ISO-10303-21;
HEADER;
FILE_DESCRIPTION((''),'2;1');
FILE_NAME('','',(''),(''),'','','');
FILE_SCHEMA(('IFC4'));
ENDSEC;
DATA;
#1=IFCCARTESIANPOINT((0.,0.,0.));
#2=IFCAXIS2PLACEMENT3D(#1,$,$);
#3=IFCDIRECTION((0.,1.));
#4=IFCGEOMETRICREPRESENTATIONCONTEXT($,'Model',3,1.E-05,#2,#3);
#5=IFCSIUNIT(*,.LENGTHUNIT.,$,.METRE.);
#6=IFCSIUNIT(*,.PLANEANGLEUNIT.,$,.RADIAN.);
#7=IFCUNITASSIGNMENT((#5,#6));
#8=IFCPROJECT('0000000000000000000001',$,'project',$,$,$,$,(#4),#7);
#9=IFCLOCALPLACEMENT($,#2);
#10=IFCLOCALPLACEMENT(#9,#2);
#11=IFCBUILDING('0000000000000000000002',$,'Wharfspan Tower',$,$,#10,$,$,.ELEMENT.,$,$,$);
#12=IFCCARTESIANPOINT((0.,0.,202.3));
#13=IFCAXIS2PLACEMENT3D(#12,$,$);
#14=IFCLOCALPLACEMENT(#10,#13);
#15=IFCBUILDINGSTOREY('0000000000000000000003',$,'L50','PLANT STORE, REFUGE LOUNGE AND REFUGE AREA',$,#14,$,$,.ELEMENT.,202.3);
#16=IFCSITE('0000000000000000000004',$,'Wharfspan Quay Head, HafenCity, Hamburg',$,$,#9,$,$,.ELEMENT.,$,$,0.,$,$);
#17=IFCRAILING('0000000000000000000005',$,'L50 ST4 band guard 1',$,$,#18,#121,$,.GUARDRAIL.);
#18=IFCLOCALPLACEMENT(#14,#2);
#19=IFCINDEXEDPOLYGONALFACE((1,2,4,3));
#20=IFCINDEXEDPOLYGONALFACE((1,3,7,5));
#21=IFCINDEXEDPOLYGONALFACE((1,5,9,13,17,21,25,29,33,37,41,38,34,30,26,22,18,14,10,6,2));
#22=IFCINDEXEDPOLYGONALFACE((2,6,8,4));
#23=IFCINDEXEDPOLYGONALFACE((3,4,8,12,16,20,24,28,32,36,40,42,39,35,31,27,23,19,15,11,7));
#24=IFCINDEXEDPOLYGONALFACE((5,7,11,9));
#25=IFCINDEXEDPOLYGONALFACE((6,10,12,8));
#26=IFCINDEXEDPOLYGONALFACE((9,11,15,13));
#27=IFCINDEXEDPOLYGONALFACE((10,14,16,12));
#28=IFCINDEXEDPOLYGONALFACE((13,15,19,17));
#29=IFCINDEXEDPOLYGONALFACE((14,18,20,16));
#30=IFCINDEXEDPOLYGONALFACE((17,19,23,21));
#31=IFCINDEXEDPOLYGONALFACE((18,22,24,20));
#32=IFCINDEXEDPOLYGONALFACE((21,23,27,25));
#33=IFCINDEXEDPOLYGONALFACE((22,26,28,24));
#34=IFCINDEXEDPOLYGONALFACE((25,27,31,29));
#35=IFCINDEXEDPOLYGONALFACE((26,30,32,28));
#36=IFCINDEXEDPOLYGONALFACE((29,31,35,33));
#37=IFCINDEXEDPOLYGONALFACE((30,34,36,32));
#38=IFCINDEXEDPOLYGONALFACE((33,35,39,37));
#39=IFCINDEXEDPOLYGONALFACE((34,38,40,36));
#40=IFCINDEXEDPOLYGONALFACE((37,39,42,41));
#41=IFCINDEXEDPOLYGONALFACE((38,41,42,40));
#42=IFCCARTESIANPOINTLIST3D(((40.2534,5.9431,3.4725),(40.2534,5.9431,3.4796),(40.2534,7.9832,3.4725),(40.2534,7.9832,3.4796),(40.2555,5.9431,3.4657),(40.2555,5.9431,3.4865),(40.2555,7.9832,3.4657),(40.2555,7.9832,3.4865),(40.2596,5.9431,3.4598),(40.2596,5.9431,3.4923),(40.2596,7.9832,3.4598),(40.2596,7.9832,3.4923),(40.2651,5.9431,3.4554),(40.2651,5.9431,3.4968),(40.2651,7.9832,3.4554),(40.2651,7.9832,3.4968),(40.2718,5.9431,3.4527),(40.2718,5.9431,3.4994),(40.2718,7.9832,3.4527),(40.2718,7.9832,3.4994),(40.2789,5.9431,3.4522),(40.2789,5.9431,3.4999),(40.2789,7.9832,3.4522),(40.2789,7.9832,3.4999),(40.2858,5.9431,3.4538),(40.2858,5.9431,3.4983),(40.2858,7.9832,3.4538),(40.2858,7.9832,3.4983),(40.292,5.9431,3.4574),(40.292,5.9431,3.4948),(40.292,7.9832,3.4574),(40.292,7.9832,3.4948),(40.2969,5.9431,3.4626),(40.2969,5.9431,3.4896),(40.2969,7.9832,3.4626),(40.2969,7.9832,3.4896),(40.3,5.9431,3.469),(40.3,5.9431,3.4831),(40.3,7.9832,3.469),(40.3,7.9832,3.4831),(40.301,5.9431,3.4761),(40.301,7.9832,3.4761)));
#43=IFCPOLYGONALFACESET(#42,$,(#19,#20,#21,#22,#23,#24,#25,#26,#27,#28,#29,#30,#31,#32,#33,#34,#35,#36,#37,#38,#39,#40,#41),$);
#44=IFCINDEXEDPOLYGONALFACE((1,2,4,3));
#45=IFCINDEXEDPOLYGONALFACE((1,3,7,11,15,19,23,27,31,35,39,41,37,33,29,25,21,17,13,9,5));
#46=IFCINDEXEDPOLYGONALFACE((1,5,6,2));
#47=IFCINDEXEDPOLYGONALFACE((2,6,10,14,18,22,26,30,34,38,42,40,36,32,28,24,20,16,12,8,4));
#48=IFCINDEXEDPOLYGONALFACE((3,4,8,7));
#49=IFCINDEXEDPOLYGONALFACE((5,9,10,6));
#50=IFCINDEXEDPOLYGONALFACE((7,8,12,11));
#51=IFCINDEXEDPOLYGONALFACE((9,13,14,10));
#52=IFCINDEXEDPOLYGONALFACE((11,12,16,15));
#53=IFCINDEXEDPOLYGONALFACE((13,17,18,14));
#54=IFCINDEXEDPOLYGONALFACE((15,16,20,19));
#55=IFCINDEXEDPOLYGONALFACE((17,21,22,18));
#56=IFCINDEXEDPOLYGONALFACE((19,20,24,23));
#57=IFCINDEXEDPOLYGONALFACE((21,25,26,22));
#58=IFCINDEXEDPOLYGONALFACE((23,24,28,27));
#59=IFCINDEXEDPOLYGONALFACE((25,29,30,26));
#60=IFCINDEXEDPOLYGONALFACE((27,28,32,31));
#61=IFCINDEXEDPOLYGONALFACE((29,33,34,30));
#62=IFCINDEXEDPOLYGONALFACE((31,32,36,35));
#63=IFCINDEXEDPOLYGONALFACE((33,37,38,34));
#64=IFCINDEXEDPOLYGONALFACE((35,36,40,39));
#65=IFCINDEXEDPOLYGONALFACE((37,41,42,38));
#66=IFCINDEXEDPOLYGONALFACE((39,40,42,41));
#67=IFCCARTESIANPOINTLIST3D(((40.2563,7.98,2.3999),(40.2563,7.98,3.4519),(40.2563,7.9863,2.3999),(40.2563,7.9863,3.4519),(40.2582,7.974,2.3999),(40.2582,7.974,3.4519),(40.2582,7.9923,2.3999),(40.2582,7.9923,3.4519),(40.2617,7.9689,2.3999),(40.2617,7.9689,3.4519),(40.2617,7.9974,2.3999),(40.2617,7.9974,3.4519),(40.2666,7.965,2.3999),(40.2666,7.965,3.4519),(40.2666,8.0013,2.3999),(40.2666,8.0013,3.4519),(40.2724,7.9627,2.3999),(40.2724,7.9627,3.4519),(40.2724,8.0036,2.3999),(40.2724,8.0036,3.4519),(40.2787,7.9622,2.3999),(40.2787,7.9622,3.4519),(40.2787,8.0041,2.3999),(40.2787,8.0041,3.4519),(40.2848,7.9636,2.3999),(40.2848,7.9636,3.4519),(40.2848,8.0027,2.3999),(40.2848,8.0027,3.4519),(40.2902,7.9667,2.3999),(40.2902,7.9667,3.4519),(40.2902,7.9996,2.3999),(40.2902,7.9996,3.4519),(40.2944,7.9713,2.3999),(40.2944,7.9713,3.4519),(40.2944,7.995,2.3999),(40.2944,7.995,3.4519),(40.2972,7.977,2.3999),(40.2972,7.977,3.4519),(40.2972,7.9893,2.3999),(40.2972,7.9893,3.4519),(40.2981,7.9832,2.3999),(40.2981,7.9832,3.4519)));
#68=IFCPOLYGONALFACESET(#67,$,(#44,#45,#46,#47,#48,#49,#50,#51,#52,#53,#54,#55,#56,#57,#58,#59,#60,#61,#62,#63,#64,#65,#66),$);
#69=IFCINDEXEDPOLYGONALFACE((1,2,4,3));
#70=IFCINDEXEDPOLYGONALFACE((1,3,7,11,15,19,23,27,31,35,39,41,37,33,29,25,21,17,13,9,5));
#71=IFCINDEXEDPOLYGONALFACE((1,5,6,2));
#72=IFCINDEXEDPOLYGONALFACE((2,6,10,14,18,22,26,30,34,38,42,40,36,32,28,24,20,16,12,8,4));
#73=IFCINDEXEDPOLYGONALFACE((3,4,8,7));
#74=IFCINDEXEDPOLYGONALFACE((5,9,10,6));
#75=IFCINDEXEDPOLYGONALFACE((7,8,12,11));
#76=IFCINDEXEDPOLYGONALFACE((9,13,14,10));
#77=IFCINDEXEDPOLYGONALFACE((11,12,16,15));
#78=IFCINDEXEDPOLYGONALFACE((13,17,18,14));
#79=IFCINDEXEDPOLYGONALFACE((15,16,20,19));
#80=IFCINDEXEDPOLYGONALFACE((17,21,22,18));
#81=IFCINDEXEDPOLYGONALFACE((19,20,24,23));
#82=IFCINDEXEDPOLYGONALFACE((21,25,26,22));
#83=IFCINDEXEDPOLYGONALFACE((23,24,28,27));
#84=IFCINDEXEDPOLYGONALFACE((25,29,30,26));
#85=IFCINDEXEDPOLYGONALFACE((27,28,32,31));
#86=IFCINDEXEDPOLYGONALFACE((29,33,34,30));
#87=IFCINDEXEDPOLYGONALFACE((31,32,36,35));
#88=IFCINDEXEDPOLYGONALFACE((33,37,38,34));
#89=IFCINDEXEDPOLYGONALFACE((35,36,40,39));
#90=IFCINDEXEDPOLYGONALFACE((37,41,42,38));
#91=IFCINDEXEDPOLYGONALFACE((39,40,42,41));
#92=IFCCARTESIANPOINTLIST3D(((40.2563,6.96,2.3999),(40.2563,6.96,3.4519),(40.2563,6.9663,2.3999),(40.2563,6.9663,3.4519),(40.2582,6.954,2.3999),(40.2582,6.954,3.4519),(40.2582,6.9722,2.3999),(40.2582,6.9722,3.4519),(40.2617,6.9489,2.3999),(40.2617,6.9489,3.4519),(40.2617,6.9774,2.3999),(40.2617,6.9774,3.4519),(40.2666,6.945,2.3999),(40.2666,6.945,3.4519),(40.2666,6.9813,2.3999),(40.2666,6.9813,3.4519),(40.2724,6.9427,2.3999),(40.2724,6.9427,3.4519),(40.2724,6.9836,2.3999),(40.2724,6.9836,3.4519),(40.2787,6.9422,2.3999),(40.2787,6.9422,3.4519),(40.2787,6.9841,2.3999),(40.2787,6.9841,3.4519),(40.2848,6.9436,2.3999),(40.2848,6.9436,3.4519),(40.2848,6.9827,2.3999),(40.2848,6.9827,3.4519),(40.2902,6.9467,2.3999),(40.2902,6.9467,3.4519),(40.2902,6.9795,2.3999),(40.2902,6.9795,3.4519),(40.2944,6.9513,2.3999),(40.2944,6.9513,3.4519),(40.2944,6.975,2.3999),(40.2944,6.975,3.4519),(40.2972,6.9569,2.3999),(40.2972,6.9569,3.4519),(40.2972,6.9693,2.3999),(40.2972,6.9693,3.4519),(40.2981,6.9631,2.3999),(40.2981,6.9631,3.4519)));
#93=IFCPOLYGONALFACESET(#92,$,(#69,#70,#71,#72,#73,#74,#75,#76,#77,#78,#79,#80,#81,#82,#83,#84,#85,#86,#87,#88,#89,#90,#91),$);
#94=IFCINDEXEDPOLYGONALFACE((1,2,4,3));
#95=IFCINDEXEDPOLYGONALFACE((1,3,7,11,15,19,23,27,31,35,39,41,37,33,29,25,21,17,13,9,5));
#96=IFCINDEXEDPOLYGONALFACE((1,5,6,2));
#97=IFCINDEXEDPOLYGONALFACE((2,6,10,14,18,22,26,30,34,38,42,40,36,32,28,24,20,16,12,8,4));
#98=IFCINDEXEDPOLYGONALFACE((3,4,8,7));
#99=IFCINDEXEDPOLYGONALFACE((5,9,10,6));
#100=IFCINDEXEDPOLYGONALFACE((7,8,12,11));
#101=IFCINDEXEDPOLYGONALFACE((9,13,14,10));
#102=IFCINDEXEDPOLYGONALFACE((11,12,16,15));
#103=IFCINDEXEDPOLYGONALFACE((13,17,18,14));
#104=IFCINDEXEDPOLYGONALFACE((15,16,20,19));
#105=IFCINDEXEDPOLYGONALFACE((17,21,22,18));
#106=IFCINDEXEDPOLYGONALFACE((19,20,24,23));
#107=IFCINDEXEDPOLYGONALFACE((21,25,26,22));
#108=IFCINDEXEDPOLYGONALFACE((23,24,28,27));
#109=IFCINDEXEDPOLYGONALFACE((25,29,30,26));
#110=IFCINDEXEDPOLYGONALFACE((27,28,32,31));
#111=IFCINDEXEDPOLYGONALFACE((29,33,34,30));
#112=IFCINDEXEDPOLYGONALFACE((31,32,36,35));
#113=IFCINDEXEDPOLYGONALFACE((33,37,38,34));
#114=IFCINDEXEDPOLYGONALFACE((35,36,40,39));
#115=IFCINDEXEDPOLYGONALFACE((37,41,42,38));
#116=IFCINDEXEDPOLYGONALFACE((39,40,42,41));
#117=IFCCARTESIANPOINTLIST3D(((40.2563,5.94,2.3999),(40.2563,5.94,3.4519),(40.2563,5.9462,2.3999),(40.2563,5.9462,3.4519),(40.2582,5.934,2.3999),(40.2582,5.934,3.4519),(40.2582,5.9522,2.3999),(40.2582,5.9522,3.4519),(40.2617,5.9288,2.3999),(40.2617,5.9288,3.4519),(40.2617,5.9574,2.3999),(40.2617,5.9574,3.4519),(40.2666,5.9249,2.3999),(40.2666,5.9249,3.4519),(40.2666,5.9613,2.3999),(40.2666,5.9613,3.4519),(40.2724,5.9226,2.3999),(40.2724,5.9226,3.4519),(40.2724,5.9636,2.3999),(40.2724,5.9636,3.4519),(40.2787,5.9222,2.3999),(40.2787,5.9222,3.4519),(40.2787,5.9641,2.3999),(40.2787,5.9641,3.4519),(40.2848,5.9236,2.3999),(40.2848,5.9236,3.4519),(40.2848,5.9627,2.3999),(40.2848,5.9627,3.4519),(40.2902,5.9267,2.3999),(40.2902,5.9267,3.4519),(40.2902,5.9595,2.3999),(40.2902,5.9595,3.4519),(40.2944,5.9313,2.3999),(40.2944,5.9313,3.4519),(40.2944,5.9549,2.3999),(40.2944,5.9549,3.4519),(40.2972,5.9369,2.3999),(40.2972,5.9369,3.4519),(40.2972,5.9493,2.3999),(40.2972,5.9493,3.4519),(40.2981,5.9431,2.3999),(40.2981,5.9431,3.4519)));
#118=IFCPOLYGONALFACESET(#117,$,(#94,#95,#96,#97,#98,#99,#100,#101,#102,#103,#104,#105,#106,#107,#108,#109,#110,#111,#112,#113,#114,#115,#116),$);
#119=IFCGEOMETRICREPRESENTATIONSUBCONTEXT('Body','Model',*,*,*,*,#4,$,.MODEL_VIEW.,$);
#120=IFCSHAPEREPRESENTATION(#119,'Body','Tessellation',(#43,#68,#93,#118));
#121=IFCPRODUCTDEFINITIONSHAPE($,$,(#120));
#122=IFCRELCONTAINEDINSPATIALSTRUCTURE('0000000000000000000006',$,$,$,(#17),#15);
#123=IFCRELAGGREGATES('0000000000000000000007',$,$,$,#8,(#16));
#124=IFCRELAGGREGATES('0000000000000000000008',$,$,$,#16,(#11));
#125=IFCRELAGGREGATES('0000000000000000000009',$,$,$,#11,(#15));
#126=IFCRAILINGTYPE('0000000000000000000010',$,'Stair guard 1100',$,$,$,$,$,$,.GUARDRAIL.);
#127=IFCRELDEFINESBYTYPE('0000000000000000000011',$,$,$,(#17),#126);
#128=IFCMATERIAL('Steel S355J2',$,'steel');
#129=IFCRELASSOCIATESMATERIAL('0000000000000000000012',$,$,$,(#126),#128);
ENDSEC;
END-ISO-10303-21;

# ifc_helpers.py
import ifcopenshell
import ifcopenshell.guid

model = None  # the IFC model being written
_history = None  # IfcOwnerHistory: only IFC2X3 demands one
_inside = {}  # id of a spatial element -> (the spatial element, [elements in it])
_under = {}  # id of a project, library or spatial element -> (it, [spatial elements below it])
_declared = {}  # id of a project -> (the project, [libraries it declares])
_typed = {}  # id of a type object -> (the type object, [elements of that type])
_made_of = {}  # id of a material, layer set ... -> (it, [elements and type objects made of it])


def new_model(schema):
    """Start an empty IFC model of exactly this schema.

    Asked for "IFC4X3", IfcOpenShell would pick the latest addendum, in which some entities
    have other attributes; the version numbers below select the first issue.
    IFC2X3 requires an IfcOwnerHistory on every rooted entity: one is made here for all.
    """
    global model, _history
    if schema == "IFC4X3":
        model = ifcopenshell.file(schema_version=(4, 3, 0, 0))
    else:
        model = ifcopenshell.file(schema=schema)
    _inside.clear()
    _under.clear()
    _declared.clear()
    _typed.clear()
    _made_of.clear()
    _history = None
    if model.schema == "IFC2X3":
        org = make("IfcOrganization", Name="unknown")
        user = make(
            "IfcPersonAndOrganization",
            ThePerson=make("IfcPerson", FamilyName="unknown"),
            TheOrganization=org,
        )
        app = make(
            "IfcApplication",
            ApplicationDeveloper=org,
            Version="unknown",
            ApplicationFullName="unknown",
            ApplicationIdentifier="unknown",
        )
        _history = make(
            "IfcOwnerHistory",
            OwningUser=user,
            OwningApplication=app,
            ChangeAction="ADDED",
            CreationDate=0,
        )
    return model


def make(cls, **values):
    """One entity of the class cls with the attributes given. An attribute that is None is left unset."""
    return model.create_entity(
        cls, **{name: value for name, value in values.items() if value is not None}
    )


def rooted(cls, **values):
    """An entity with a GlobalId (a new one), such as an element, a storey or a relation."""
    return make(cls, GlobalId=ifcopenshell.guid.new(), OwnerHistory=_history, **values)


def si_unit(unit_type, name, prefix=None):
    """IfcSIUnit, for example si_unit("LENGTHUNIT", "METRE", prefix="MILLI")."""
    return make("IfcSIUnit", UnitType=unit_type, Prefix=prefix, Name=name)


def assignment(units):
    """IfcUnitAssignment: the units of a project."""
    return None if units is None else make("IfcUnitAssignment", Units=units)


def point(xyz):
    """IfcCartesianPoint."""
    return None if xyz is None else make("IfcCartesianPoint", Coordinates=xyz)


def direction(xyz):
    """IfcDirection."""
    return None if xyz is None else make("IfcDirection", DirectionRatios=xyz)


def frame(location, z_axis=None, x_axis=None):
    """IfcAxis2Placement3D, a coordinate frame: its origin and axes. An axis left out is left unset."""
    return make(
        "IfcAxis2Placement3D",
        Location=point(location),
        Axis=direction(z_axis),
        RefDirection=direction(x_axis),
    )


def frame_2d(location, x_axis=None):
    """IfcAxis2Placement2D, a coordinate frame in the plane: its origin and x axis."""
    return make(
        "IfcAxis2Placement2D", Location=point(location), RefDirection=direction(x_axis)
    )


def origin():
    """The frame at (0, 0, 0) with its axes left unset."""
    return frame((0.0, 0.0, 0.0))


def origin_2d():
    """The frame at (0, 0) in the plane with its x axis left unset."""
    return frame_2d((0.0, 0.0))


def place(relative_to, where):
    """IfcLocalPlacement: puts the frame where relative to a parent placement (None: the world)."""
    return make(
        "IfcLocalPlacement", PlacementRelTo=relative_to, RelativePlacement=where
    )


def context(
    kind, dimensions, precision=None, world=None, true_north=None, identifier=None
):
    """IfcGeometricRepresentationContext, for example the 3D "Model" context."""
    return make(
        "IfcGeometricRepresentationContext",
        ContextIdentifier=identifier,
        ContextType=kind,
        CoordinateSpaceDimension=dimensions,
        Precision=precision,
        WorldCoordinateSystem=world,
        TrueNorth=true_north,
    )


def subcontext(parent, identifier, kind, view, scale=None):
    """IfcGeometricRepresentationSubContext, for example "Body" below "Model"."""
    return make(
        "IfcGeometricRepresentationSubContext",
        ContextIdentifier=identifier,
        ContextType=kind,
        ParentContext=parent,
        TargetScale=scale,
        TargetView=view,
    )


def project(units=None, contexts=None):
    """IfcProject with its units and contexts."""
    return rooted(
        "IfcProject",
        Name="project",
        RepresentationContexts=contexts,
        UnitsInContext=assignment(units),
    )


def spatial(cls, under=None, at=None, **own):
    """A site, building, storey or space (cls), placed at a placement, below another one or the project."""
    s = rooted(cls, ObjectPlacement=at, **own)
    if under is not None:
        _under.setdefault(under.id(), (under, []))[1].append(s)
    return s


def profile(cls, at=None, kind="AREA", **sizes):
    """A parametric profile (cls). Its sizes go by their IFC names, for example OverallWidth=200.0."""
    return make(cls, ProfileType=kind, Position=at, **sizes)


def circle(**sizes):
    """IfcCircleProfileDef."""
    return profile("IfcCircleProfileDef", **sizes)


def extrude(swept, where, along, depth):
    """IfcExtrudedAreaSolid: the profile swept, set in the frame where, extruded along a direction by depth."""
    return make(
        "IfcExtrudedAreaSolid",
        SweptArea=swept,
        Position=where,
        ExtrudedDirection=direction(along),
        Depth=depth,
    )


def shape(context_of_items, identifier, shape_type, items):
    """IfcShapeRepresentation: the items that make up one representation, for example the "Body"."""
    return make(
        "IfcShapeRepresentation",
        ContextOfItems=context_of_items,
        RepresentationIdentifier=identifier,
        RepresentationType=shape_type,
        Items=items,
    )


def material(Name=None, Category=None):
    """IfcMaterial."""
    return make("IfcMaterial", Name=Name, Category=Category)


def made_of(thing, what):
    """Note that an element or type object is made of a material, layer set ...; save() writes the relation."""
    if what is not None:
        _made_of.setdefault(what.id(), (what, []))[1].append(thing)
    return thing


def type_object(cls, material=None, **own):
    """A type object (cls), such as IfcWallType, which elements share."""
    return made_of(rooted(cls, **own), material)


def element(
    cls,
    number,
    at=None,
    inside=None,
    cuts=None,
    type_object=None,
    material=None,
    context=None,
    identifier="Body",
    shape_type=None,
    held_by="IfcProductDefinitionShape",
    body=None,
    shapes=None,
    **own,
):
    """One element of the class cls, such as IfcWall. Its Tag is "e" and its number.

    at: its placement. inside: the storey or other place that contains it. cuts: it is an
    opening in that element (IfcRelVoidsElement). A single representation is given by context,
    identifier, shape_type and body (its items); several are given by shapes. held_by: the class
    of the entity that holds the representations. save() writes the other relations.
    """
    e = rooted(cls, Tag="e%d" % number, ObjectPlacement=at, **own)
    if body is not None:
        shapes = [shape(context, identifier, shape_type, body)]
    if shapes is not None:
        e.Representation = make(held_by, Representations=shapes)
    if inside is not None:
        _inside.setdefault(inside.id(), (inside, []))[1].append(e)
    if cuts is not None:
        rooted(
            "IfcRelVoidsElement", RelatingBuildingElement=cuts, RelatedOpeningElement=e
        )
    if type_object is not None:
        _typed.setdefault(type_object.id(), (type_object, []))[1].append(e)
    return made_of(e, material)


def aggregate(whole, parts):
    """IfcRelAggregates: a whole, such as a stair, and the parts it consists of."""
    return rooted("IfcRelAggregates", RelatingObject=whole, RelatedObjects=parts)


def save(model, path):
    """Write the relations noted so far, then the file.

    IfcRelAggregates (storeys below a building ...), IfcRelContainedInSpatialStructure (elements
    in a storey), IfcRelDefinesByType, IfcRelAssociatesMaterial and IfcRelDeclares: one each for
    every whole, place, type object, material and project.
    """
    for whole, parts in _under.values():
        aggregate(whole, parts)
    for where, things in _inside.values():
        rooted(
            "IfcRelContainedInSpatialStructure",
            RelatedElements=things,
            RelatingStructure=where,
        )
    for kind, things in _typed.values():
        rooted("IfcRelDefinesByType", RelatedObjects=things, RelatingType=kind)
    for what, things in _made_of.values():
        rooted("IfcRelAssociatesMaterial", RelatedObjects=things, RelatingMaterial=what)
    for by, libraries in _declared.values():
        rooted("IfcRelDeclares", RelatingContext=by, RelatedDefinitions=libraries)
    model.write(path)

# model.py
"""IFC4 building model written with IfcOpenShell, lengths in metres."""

from ifc_helpers import new_model, si_unit, direction, frame, origin, origin_2d, place, context, subcontext, project, spatial, circle, extrude, material, type_object, element, save


model = new_model("IFC4")

# Units and contexts
model_context = context("Model", 3, precision=1e-05, world=origin(), true_north=direction((0.0, 1.0)))
body_context = subcontext(model_context, "Body", "Model", "MODEL_VIEW")
ifc_project = project(units=[si_unit("LENGTHUNIT", "METRE"), si_unit("PLANEANGLEUNIT", "RADIAN")], contexts=[model_context])

# Site, building, storey
site_placement = place(None, origin())
site = spatial("IfcSite", under=ifc_project, at=site_placement, Name="Wharfspan Quay Head, HafenCity, Hamburg", CompositionType="ELEMENT", RefElevation=0.0)
building_placement = place(site_placement, origin())
building = spatial("IfcBuilding", under=site, at=building_placement, Name="Wharfspan Tower", CompositionType="ELEMENT")
storey_placement = place(building_placement, frame((0.0, 0.0, 202.3)))
storey = spatial("IfcBuildingStorey", under=building, at=storey_placement, Name="L50", Description="PLANT STORE, REFUGE LOUNGE AND REFUGE AREA", CompositionType="ELEMENT", Elevation=202.3)

# Railing
ifc_material_1 = material(Name="Steel S355J2", Category="steel")
railing_type_1 = type_object("IfcRailingType", Name="Stair guard 1100", PredefinedType="GUARDRAIL", material=ifc_material_1)
railing_1_placement = place(storey_placement, frame((40.2771, 7.9832, 2.3999)))
element("IfcRailing", 1, at=railing_1_placement, inside=storey, type_object=railing_type_1, Name="L50 ST4 band guard 1", PredefinedType="GUARDRAIL", context=body_context, shape_type="SweptSolid", body=[
    extrude(circle(Radius=0.0239, at=origin_2d()), frame((0.0, 0.0, 1.0762), z_axis=(0.0, -1.0, 0.0), x_axis=(1.0, 0.0, 0.0)), (0.0, 0.0, 1.0), 2.04),
    extrude(circle(Radius=0.021, at=origin_2d()), origin(), (0.0, 0.0, 1.0), 1.052),
    extrude(circle(Radius=0.021, at=origin_2d()), frame((0.0, -1.02, 0.0)), (0.0, 0.0, 1.0), 1.052),
    extrude(circle(Radius=0.021, at=origin_2d()), frame((0.0, -2.04, 0.0)), (0.0, 0.0, 1.0), 1.052),
])

save(model, "model.ifc")
